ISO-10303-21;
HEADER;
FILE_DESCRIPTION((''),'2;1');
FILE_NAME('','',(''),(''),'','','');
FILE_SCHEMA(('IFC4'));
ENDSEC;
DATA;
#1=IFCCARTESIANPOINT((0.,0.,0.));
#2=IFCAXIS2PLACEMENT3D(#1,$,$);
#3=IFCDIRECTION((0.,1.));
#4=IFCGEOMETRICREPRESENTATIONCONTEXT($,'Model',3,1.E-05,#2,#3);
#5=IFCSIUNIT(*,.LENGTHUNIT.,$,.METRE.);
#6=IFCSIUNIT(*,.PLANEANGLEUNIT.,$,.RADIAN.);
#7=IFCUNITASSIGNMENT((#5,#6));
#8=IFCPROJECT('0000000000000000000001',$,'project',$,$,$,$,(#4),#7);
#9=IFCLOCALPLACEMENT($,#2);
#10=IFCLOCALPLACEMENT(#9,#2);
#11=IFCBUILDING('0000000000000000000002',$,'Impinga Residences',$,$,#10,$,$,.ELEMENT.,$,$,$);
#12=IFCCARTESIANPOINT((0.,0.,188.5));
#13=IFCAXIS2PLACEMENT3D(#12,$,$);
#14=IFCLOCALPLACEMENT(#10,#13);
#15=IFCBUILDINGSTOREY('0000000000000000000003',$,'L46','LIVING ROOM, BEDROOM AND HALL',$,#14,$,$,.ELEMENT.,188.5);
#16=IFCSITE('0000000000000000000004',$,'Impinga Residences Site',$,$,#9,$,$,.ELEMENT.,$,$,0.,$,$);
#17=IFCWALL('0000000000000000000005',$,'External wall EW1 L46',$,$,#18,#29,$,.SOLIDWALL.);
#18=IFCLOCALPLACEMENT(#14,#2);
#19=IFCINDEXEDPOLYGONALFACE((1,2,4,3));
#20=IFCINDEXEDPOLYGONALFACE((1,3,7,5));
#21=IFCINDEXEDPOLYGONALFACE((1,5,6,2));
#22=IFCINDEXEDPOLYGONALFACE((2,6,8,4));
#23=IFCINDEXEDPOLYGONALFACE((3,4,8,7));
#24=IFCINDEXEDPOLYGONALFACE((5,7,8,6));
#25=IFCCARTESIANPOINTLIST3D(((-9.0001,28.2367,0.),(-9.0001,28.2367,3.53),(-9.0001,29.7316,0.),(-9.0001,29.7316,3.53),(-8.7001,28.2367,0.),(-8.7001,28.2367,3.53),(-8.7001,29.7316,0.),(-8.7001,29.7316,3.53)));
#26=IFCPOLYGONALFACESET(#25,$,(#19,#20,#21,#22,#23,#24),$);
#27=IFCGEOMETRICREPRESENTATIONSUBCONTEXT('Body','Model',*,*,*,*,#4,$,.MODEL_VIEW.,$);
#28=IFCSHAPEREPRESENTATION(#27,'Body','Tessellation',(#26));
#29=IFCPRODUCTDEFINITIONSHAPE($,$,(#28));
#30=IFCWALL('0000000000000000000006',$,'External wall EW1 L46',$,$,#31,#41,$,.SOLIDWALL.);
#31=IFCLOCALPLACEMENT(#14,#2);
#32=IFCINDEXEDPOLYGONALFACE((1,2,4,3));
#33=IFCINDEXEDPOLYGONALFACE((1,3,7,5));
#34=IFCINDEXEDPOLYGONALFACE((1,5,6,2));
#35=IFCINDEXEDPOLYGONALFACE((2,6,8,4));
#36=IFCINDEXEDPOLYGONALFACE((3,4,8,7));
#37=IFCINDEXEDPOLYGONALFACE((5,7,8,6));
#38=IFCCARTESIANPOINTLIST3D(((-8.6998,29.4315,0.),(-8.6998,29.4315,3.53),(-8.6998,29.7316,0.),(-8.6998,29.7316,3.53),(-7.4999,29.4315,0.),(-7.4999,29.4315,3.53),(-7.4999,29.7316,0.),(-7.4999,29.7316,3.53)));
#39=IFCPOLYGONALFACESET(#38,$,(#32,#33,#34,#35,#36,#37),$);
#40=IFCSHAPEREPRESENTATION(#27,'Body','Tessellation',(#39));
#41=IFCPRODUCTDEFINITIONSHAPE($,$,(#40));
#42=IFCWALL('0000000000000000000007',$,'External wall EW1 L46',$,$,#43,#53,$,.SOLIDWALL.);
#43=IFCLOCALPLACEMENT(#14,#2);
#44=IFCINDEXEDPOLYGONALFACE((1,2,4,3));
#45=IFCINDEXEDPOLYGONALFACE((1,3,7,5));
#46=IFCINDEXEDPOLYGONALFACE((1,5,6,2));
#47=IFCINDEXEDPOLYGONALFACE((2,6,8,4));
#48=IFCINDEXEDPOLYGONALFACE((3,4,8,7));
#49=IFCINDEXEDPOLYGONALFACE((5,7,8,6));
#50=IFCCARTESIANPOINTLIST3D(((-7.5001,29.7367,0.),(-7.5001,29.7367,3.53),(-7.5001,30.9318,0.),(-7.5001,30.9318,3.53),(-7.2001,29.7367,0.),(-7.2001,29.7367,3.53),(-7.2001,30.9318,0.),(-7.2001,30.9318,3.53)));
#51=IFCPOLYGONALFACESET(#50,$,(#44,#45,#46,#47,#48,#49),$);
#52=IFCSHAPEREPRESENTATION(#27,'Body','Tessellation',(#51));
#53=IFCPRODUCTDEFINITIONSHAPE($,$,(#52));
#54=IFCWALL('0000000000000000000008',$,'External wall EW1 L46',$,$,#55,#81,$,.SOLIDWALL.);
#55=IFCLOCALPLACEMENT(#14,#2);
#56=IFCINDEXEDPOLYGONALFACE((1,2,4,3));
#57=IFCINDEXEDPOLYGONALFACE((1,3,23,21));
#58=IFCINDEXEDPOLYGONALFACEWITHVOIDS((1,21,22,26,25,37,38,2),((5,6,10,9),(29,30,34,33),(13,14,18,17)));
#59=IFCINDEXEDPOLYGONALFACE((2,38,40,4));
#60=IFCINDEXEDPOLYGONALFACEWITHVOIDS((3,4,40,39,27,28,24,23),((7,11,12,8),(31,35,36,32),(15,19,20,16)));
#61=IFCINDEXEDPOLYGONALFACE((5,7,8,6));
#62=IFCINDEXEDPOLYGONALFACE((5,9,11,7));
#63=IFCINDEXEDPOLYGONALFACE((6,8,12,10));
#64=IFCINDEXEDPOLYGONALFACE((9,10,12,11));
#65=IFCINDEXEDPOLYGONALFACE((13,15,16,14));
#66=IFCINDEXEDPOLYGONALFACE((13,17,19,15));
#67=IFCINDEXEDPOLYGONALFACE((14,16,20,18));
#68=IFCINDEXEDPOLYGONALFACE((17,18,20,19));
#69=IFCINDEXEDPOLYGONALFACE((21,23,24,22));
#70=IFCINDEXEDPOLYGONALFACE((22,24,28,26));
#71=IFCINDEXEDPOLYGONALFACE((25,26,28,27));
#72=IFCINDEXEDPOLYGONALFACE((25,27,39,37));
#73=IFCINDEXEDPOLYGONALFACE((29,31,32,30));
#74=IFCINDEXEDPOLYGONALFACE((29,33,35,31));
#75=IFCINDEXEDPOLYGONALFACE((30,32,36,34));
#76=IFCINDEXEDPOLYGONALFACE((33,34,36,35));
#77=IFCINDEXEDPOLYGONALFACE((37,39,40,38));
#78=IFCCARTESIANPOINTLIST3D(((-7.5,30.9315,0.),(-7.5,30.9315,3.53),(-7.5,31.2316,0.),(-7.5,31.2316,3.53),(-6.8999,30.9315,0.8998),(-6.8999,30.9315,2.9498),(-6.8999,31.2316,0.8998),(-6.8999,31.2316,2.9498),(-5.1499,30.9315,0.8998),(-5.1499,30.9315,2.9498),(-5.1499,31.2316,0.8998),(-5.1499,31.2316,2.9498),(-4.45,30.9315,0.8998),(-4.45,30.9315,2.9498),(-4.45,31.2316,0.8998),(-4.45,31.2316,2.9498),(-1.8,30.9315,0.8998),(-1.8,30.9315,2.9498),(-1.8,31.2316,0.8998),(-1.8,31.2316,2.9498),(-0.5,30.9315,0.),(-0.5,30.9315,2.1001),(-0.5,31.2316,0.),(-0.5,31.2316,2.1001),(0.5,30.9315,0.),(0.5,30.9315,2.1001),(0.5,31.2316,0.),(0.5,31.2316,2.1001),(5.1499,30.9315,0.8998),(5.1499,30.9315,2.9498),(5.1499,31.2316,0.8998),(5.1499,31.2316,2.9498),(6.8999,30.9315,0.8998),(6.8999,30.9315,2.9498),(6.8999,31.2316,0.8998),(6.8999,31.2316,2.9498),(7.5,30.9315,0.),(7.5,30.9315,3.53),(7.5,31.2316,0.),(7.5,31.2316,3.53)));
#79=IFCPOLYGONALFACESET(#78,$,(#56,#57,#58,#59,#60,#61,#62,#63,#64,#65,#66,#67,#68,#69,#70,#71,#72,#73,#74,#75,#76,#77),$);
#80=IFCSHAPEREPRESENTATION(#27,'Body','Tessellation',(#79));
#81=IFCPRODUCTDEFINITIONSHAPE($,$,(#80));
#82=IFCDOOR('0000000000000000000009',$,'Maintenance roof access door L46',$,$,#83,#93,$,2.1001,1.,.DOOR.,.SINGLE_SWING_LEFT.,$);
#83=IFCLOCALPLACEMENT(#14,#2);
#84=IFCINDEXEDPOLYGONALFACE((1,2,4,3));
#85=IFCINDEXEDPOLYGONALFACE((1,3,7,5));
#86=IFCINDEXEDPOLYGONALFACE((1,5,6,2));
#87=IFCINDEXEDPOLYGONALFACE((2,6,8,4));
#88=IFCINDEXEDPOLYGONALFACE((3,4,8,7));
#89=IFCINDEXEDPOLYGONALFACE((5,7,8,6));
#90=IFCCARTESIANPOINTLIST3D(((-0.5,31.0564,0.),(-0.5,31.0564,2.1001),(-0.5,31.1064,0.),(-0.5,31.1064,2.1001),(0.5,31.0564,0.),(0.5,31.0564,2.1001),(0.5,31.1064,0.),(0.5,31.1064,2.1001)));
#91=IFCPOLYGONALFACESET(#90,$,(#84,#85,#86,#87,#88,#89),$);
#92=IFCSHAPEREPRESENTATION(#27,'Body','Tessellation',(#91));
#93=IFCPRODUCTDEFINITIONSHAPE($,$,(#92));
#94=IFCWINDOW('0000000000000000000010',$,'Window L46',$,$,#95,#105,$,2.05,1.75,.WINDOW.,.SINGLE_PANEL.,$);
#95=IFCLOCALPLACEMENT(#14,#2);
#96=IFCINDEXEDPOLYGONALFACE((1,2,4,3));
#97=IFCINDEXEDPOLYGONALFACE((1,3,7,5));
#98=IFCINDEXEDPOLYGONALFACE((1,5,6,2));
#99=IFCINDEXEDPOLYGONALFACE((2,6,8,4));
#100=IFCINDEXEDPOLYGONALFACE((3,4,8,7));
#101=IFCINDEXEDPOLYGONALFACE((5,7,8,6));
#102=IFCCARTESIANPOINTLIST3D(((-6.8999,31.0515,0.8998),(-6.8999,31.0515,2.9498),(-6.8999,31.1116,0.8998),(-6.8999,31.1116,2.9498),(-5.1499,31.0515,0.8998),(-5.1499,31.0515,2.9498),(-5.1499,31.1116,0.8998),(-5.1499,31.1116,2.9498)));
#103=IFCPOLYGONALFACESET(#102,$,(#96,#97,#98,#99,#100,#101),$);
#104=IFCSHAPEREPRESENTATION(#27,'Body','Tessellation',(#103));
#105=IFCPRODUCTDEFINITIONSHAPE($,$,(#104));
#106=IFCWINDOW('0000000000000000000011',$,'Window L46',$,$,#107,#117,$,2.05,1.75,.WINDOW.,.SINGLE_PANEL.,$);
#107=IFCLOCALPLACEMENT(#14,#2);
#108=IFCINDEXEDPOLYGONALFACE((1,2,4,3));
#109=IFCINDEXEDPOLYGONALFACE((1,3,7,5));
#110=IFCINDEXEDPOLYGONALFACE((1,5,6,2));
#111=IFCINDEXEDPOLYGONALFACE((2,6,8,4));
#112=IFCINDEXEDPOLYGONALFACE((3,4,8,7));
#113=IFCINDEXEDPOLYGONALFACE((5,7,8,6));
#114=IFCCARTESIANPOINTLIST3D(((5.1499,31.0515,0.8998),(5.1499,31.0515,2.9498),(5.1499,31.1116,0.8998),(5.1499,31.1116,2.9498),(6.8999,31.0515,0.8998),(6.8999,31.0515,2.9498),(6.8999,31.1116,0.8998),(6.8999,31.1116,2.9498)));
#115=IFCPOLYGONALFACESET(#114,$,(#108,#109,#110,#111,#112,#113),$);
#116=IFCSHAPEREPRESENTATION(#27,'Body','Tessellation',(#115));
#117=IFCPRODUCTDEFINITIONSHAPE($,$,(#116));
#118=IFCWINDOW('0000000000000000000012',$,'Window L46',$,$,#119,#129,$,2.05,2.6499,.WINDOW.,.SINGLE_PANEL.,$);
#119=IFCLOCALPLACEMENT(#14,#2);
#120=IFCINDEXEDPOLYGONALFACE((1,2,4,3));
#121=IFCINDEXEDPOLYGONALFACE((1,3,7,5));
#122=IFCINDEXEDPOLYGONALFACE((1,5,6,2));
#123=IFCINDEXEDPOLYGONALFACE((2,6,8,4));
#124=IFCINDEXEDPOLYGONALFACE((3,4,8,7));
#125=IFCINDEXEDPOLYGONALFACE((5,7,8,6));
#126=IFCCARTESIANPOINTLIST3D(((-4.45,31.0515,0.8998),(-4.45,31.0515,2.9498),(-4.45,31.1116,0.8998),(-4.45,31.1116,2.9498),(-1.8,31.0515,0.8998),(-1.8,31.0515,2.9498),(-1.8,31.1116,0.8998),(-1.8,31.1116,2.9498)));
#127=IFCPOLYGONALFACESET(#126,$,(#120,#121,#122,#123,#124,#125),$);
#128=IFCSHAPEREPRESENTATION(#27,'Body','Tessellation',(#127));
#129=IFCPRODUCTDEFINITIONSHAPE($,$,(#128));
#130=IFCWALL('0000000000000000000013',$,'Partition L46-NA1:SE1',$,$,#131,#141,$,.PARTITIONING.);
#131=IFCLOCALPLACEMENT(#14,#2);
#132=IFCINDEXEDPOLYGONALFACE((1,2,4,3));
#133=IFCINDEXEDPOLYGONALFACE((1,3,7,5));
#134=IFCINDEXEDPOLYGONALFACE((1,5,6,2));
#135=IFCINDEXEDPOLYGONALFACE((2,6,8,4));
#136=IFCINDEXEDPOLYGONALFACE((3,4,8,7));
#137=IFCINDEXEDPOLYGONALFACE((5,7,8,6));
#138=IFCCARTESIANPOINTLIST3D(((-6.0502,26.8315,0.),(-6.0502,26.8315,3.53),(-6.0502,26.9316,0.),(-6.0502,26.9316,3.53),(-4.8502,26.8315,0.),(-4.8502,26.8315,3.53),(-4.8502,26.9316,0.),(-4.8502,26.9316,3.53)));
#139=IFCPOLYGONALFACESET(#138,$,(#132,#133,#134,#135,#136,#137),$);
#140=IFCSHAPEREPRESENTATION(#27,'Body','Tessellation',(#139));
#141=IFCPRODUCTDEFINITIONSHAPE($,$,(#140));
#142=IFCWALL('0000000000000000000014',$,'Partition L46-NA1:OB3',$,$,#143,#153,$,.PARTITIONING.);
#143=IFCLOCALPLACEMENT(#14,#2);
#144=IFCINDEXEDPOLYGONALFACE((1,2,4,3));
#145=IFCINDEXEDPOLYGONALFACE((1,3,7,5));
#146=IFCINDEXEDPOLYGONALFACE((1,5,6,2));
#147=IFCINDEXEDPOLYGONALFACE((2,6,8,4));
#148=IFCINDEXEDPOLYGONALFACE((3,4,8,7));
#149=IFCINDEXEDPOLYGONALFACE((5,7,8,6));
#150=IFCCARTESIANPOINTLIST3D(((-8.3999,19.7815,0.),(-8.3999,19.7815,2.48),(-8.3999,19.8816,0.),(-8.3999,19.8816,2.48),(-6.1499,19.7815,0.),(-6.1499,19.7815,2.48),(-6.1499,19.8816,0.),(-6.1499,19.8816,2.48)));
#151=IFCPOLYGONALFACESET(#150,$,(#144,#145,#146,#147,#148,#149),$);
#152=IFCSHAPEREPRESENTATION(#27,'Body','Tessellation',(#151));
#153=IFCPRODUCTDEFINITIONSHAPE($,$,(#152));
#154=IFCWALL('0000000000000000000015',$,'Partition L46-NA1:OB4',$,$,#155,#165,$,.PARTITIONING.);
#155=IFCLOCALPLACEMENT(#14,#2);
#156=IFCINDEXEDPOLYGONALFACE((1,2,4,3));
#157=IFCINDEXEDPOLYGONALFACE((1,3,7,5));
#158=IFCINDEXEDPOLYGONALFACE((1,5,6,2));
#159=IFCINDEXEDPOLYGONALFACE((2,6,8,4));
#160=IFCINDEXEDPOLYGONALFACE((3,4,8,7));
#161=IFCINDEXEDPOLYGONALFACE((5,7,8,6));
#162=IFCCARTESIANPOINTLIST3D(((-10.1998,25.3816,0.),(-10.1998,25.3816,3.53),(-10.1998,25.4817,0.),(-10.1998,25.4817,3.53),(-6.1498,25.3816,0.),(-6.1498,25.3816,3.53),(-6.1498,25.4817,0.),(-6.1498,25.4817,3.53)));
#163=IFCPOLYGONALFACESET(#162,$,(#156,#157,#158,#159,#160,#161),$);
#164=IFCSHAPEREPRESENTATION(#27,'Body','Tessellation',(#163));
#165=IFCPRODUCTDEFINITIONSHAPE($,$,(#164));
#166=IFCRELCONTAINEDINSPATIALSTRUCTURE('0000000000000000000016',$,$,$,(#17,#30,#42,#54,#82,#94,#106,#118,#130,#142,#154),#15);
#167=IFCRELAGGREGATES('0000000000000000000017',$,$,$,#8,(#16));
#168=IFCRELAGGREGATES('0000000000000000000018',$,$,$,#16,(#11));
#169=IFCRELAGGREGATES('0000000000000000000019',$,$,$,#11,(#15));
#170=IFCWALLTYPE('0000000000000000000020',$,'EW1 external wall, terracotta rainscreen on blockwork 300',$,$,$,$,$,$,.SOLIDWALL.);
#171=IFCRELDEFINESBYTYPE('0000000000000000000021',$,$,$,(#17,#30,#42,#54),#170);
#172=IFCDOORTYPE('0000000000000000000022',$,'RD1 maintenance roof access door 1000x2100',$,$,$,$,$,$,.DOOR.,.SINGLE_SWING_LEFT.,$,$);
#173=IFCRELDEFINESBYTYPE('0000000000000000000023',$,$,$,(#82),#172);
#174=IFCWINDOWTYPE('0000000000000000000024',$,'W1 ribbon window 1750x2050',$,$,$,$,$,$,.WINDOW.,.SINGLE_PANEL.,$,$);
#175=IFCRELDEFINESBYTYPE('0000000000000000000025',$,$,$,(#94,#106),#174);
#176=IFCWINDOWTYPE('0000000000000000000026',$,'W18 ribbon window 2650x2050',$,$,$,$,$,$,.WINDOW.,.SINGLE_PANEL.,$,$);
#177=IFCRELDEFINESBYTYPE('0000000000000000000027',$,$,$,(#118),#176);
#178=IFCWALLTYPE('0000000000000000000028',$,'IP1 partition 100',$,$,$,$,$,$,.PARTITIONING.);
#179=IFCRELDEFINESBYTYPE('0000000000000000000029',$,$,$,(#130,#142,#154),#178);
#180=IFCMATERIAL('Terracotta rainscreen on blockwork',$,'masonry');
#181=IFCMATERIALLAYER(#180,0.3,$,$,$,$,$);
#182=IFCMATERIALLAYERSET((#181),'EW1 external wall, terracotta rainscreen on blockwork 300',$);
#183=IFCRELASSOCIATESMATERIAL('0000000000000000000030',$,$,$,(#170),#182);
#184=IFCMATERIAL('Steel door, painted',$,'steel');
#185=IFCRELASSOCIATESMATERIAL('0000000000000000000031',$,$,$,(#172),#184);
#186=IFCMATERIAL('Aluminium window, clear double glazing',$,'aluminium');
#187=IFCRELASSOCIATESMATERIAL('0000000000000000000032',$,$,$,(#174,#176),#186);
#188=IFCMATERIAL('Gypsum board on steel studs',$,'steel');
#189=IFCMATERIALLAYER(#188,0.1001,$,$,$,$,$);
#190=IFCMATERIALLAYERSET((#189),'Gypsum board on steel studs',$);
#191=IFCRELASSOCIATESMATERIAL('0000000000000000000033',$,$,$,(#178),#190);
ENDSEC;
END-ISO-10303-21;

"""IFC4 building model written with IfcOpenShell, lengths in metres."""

from ifc_helpers import new_model, si_unit, direction, frame, frame_2d, origin, place, context, subcontext, project, spatial, rectangle, extrude, material, layer, layer_set, type_object, element, fill, save


model = new_model("IFC4")

# Units and contexts
model_context = context("Model", 3, precision=1e-05, world=origin(), true_north=direction((0.0, 1.0)))
body_context = subcontext(model_context, "Body", "Model", "MODEL_VIEW")
ifc_project = project(units=[si_unit("LENGTHUNIT", "METRE"), si_unit("PLANEANGLEUNIT", "RADIAN")], contexts=[model_context])

# Site, building, storey
site_placement = place(None, origin())
site = spatial("IfcSite", under=ifc_project, at=site_placement, Name="Impinga Residences Site", CompositionType="ELEMENT", RefElevation=0.0)
building_placement = place(site_placement, origin())
building = spatial("IfcBuilding", under=site, at=building_placement, Name="Impinga Residences", CompositionType="ELEMENT")
storey_placement = place(building_placement, frame((0.0, 0.0, 188.5)))
storey = spatial("IfcBuildingStorey", under=building, at=storey_placement, Name="L46", Description="LIVING ROOM, BEDROOM AND HALL", CompositionType="ELEMENT", Elevation=188.5)

# Walls
ifc_material_1 = material(Name="Terracotta rainscreen on blockwork", Category="masonry")
ifc_layer_1 = layer(ifc_material_1, 0.3)
ifc_layer_set_1 = layer_set([ifc_layer_1], Name="EW1 external wall, terracotta rainscreen on blockwork 300")
wall_type_1 = type_object("IfcWallType", Name="EW1 external wall, terracotta rainscreen on blockwork 300", PredefinedType="SOLIDWALL", material=ifc_layer_set_1)
wall_1_placement = place(storey_placement, frame((-8.8501, 28.2366, 0.0), z_axis=(0.0, 0.0, 1.0), x_axis=(0.0, 1.0, 0.0)))
element("IfcWall", 1, at=wall_1_placement, inside=storey, type_object=wall_type_1, Name="External wall EW1 L46", PredefinedType="SOLIDWALL", context=body_context, shape_type="SweptSolid", body=[
    extrude(rectangle(XDim=1.4949, YDim=0.3, at=frame_2d((0.7476, 0.0))), origin(), (0.0, 0.0, 1.0), 3.53),
])
wall_2_placement = place(storey_placement, frame((-8.7, 29.5815, 0.0), z_axis=(0.0, 0.0, 1.0), x_axis=(1.0, 0.0, 0.0)))
element("IfcWall", 2, at=wall_2_placement, inside=storey, type_object=wall_type_1, Name="External wall EW1 L46", PredefinedType="SOLIDWALL", context=body_context, shape_type="SweptSolid", body=[
    extrude(rectangle(XDim=1.2, YDim=0.3, at=frame_2d((0.6001, 0.0))), origin(), (0.0, 0.0, 1.0), 3.53),
])
wall_3_placement = place(storey_placement, frame((-7.3501, 29.7366, 0.0), z_axis=(0.0, 0.0, 1.0), x_axis=(0.0, 1.0, 0.0)))
element("IfcWall", 3, at=wall_3_placement, inside=storey, type_object=wall_type_1, Name="External wall EW1 L46", PredefinedType="SOLIDWALL", context=body_context, shape_type="SweptSolid", body=[
    extrude(rectangle(XDim=1.1951, YDim=0.3, at=frame_2d((0.5977, 0.0))), origin(), (0.0, 0.0, 1.0), 3.53),
])

# Wall, openings, door, windows
wall_4_placement = place(storey_placement, frame((-7.5, 31.0815, 0.0), z_axis=(0.0, 0.0, 1.0), x_axis=(1.0, 0.0, 0.0)))
wall_4 = element("IfcWall", 4, at=wall_4_placement, inside=storey, type_object=wall_type_1, Name="External wall EW1 L46", PredefinedType="SOLIDWALL", context=body_context, shape_type="SweptSolid", body=[
    extrude(rectangle(XDim=15.0, YDim=0.3, at=frame_2d((7.5, 0.0))), origin(), (0.0, 0.0, 1.0), 3.53),
])
opening_1_placement = place(wall_4_placement, frame((7.0, 0.0, 0.0)))
opening_1 = element("IfcOpeningElement", 5, at=opening_1_placement, cuts=wall_4, PredefinedType="OPENING", context=body_context, shape_type="SweptSolid", body=[
    extrude(rectangle(XDim=1.0, YDim=2.1001, at=frame_2d((0.5, 1.05))), frame((0.0, 0.1599, 0.0), z_axis=(0.0, -1.0, 0.0), x_axis=(1.0, 0.0, 0.0)), (0.0, 0.0, 1.0), 0.3201),
])
opening_2_placement = place(wall_4_placement, frame((0.6001, 0.0, 0.8999)))
opening_2 = element("IfcOpeningElement", 6, at=opening_2_placement, cuts=wall_4, PredefinedType="OPENING", context=body_context, shape_type="SweptSolid", body=[
    extrude(rectangle(XDim=1.75, YDim=2.05, at=frame_2d((0.875, 1.0249))), frame((0.0, 0.1599, 0.0), z_axis=(0.0, -1.0, 0.0), x_axis=(1.0, 0.0, 0.0)), (0.0, 0.0, 1.0), 0.3201),
])
opening_3_placement = place(wall_4_placement, frame((3.05, 0.0, 0.8999)))
opening_3 = element("IfcOpeningElement", 7, at=opening_3_placement, cuts=wall_4, PredefinedType="OPENING", context=body_context, shape_type="SweptSolid", body=[
    extrude(rectangle(XDim=2.6499, YDim=2.05, at=frame_2d((1.325, 1.0249))), frame((0.0, 0.1599, 0.0), z_axis=(0.0, -1.0, 0.0), x_axis=(1.0, 0.0, 0.0)), (0.0, 0.0, 1.0), 0.3201),
])
opening_4_placement = place(wall_4_placement, frame((12.6499, 0.0, 0.8999)))
opening_4 = element("IfcOpeningElement", 8, at=opening_4_placement, cuts=wall_4, PredefinedType="OPENING", context=body_context, shape_type="SweptSolid", body=[
    extrude(rectangle(XDim=1.75, YDim=2.05, at=frame_2d((0.875, 1.0249))), frame((0.0, 0.1599, 0.0), z_axis=(0.0, -1.0, 0.0), x_axis=(1.0, 0.0, 0.0)), (0.0, 0.0, 1.0), 0.3201),
])
ifc_material_2 = material(Name="Steel door, painted", Category="steel")
door_type_1 = type_object("IfcDoorType", Name="RD1 maintenance roof access door 1000x2100", OperationType="SINGLE_SWING_LEFT", PredefinedType="DOOR", material=ifc_material_2)
door_1_placement = place(opening_1_placement, origin())
door_1 = element("IfcDoor", 9, at=door_1_placement, inside=storey, type_object=door_type_1, Name="Maintenance roof access door L46", OperationType="SINGLE_SWING_LEFT", OverallHeight=2.1001, OverallWidth=1.0, PredefinedType="DOOR", context=body_context, shape_type="SweptSolid", body=[
    extrude(rectangle(XDim=1.0, YDim=2.1001, at=frame_2d((0.5, 1.05))), frame((0.0, 0.0249, 0.0), z_axis=(0.0, -1.0, 0.0), x_axis=(1.0, 0.0, 0.0)), (0.0, 0.0, 1.0), 0.05),
])
fill(opening_1, door_1)
ifc_material_3 = material(Name="Aluminium window, clear double glazing", Category="aluminium")
window_type_1 = type_object("IfcWindowType", Name="W1 ribbon window 1750x2050", PartitioningType="SINGLE_PANEL", PredefinedType="WINDOW", material=ifc_material_3)
window_1_placement = place(opening_2_placement, origin())
window_1 = element("IfcWindow", 10, at=window_1_placement, inside=storey, type_object=window_type_1, Name="Window L46", OverallHeight=2.05, OverallWidth=1.75, PartitioningType="SINGLE_PANEL", PredefinedType="WINDOW", context=body_context, shape_type="SweptSolid", body=[
    extrude(rectangle(XDim=1.75, YDim=2.05, at=frame_2d((0.875, 1.0249))), frame((0.0, 0.03, 0.0), z_axis=(0.0, -1.0, 0.0), x_axis=(1.0, 0.0, 0.0)), (0.0, 0.0, 1.0), 0.0601),
])
fill(opening_2, window_1)
window_2_placement = place(opening_4_placement, origin())
window_2 = element("IfcWindow", 11, at=window_2_placement, inside=storey, type_object=window_type_1, Name="Window L46", OverallHeight=2.05, OverallWidth=1.75, PartitioningType="SINGLE_PANEL", PredefinedType="WINDOW", context=body_context, shape_type="SweptSolid", body=[
    extrude(rectangle(XDim=1.75, YDim=2.05, at=frame_2d((0.875, 1.0249))), frame((0.0, 0.03, 0.0), z_axis=(0.0, -1.0, 0.0), x_axis=(1.0, 0.0, 0.0)), (0.0, 0.0, 1.0), 0.0601),
])
fill(opening_4, window_2)
window_type_2 = type_object("IfcWindowType", Name="W18 ribbon window 2650x2050", PartitioningType="SINGLE_PANEL", PredefinedType="WINDOW", material=ifc_material_3)
window_3_placement = place(opening_3_placement, origin())
window_3 = element("IfcWindow", 12, at=window_3_placement, inside=storey, type_object=window_type_2, Name="Window L46", OverallHeight=2.05, OverallWidth=2.6499, PartitioningType="SINGLE_PANEL", PredefinedType="WINDOW", context=body_context, shape_type="SweptSolid", body=[
    extrude(rectangle(XDim=2.6499, YDim=2.05, at=frame_2d((1.325, 1.0249))), frame((0.0, 0.03, 0.0), z_axis=(0.0, -1.0, 0.0), x_axis=(1.0, 0.0, 0.0)), (0.0, 0.0, 1.0), 0.0601),
])
fill(opening_3, window_3)

# Walls
ifc_material_4 = material(Name="Gypsum board on steel studs", Category="steel")
ifc_layer_2 = layer(ifc_material_4, 0.1001)
ifc_layer_set_2 = layer_set([ifc_layer_2], Name="Gypsum board on steel studs")
wall_type_2 = type_object("IfcWallType", Name="IP1 partition 100", PredefinedType="PARTITIONING", material=ifc_layer_set_2)
wall_5_placement = place(storey_placement, frame((-4.8501, 26.8816, 0.0), z_axis=(0.0, 0.0, 1.0), x_axis=(-1.0, 0.0, 0.0)))
element("IfcWall", 13, at=wall_5_placement, inside=storey, type_object=wall_type_2, Name="Partition L46-NA1:SE1", PredefinedType="PARTITIONING", context=body_context, shape_type="SweptSolid", body=[
    extrude(rectangle(XDim=1.2, YDim=0.1001, at=frame_2d((0.6001, 0.0))), origin(), (0.0, 0.0, 1.0), 3.53),
])
wall_6_placement = place(storey_placement, frame((-6.1499, 19.8315, 0.0), z_axis=(0.0, 0.0, 1.0), x_axis=(-1.0, 0.0, 0.0)))
element("IfcWall", 14, at=wall_6_placement, inside=storey, type_object=wall_type_2, Name="Partition L46-NA1:OB3", PredefinedType="PARTITIONING", context=body_context, shape_type="SweptSolid", body=[
    extrude(rectangle(XDim=2.25, YDim=0.1001, at=frame_2d((1.125, 0.0))), origin(), (0.0, 0.0, 1.0), 2.48),
])
wall_7_placement = place(storey_placement, frame((-6.1499, 25.4316, 0.0), z_axis=(0.0, 0.0, 1.0), x_axis=(-1.0, 0.0, 0.0)))
element("IfcWall", 15, at=wall_7_placement, inside=storey, type_object=wall_type_2, Name="Partition L46-NA1:OB4", PredefinedType="PARTITIONING", context=body_context, shape_type="SweptSolid", body=[
    extrude(rectangle(XDim=4.05, YDim=0.1001, at=frame_2d((2.0249, 0.0))), origin(), (0.0, 0.0, 1.0), 3.53),
])

save(model, "model.ifc")
